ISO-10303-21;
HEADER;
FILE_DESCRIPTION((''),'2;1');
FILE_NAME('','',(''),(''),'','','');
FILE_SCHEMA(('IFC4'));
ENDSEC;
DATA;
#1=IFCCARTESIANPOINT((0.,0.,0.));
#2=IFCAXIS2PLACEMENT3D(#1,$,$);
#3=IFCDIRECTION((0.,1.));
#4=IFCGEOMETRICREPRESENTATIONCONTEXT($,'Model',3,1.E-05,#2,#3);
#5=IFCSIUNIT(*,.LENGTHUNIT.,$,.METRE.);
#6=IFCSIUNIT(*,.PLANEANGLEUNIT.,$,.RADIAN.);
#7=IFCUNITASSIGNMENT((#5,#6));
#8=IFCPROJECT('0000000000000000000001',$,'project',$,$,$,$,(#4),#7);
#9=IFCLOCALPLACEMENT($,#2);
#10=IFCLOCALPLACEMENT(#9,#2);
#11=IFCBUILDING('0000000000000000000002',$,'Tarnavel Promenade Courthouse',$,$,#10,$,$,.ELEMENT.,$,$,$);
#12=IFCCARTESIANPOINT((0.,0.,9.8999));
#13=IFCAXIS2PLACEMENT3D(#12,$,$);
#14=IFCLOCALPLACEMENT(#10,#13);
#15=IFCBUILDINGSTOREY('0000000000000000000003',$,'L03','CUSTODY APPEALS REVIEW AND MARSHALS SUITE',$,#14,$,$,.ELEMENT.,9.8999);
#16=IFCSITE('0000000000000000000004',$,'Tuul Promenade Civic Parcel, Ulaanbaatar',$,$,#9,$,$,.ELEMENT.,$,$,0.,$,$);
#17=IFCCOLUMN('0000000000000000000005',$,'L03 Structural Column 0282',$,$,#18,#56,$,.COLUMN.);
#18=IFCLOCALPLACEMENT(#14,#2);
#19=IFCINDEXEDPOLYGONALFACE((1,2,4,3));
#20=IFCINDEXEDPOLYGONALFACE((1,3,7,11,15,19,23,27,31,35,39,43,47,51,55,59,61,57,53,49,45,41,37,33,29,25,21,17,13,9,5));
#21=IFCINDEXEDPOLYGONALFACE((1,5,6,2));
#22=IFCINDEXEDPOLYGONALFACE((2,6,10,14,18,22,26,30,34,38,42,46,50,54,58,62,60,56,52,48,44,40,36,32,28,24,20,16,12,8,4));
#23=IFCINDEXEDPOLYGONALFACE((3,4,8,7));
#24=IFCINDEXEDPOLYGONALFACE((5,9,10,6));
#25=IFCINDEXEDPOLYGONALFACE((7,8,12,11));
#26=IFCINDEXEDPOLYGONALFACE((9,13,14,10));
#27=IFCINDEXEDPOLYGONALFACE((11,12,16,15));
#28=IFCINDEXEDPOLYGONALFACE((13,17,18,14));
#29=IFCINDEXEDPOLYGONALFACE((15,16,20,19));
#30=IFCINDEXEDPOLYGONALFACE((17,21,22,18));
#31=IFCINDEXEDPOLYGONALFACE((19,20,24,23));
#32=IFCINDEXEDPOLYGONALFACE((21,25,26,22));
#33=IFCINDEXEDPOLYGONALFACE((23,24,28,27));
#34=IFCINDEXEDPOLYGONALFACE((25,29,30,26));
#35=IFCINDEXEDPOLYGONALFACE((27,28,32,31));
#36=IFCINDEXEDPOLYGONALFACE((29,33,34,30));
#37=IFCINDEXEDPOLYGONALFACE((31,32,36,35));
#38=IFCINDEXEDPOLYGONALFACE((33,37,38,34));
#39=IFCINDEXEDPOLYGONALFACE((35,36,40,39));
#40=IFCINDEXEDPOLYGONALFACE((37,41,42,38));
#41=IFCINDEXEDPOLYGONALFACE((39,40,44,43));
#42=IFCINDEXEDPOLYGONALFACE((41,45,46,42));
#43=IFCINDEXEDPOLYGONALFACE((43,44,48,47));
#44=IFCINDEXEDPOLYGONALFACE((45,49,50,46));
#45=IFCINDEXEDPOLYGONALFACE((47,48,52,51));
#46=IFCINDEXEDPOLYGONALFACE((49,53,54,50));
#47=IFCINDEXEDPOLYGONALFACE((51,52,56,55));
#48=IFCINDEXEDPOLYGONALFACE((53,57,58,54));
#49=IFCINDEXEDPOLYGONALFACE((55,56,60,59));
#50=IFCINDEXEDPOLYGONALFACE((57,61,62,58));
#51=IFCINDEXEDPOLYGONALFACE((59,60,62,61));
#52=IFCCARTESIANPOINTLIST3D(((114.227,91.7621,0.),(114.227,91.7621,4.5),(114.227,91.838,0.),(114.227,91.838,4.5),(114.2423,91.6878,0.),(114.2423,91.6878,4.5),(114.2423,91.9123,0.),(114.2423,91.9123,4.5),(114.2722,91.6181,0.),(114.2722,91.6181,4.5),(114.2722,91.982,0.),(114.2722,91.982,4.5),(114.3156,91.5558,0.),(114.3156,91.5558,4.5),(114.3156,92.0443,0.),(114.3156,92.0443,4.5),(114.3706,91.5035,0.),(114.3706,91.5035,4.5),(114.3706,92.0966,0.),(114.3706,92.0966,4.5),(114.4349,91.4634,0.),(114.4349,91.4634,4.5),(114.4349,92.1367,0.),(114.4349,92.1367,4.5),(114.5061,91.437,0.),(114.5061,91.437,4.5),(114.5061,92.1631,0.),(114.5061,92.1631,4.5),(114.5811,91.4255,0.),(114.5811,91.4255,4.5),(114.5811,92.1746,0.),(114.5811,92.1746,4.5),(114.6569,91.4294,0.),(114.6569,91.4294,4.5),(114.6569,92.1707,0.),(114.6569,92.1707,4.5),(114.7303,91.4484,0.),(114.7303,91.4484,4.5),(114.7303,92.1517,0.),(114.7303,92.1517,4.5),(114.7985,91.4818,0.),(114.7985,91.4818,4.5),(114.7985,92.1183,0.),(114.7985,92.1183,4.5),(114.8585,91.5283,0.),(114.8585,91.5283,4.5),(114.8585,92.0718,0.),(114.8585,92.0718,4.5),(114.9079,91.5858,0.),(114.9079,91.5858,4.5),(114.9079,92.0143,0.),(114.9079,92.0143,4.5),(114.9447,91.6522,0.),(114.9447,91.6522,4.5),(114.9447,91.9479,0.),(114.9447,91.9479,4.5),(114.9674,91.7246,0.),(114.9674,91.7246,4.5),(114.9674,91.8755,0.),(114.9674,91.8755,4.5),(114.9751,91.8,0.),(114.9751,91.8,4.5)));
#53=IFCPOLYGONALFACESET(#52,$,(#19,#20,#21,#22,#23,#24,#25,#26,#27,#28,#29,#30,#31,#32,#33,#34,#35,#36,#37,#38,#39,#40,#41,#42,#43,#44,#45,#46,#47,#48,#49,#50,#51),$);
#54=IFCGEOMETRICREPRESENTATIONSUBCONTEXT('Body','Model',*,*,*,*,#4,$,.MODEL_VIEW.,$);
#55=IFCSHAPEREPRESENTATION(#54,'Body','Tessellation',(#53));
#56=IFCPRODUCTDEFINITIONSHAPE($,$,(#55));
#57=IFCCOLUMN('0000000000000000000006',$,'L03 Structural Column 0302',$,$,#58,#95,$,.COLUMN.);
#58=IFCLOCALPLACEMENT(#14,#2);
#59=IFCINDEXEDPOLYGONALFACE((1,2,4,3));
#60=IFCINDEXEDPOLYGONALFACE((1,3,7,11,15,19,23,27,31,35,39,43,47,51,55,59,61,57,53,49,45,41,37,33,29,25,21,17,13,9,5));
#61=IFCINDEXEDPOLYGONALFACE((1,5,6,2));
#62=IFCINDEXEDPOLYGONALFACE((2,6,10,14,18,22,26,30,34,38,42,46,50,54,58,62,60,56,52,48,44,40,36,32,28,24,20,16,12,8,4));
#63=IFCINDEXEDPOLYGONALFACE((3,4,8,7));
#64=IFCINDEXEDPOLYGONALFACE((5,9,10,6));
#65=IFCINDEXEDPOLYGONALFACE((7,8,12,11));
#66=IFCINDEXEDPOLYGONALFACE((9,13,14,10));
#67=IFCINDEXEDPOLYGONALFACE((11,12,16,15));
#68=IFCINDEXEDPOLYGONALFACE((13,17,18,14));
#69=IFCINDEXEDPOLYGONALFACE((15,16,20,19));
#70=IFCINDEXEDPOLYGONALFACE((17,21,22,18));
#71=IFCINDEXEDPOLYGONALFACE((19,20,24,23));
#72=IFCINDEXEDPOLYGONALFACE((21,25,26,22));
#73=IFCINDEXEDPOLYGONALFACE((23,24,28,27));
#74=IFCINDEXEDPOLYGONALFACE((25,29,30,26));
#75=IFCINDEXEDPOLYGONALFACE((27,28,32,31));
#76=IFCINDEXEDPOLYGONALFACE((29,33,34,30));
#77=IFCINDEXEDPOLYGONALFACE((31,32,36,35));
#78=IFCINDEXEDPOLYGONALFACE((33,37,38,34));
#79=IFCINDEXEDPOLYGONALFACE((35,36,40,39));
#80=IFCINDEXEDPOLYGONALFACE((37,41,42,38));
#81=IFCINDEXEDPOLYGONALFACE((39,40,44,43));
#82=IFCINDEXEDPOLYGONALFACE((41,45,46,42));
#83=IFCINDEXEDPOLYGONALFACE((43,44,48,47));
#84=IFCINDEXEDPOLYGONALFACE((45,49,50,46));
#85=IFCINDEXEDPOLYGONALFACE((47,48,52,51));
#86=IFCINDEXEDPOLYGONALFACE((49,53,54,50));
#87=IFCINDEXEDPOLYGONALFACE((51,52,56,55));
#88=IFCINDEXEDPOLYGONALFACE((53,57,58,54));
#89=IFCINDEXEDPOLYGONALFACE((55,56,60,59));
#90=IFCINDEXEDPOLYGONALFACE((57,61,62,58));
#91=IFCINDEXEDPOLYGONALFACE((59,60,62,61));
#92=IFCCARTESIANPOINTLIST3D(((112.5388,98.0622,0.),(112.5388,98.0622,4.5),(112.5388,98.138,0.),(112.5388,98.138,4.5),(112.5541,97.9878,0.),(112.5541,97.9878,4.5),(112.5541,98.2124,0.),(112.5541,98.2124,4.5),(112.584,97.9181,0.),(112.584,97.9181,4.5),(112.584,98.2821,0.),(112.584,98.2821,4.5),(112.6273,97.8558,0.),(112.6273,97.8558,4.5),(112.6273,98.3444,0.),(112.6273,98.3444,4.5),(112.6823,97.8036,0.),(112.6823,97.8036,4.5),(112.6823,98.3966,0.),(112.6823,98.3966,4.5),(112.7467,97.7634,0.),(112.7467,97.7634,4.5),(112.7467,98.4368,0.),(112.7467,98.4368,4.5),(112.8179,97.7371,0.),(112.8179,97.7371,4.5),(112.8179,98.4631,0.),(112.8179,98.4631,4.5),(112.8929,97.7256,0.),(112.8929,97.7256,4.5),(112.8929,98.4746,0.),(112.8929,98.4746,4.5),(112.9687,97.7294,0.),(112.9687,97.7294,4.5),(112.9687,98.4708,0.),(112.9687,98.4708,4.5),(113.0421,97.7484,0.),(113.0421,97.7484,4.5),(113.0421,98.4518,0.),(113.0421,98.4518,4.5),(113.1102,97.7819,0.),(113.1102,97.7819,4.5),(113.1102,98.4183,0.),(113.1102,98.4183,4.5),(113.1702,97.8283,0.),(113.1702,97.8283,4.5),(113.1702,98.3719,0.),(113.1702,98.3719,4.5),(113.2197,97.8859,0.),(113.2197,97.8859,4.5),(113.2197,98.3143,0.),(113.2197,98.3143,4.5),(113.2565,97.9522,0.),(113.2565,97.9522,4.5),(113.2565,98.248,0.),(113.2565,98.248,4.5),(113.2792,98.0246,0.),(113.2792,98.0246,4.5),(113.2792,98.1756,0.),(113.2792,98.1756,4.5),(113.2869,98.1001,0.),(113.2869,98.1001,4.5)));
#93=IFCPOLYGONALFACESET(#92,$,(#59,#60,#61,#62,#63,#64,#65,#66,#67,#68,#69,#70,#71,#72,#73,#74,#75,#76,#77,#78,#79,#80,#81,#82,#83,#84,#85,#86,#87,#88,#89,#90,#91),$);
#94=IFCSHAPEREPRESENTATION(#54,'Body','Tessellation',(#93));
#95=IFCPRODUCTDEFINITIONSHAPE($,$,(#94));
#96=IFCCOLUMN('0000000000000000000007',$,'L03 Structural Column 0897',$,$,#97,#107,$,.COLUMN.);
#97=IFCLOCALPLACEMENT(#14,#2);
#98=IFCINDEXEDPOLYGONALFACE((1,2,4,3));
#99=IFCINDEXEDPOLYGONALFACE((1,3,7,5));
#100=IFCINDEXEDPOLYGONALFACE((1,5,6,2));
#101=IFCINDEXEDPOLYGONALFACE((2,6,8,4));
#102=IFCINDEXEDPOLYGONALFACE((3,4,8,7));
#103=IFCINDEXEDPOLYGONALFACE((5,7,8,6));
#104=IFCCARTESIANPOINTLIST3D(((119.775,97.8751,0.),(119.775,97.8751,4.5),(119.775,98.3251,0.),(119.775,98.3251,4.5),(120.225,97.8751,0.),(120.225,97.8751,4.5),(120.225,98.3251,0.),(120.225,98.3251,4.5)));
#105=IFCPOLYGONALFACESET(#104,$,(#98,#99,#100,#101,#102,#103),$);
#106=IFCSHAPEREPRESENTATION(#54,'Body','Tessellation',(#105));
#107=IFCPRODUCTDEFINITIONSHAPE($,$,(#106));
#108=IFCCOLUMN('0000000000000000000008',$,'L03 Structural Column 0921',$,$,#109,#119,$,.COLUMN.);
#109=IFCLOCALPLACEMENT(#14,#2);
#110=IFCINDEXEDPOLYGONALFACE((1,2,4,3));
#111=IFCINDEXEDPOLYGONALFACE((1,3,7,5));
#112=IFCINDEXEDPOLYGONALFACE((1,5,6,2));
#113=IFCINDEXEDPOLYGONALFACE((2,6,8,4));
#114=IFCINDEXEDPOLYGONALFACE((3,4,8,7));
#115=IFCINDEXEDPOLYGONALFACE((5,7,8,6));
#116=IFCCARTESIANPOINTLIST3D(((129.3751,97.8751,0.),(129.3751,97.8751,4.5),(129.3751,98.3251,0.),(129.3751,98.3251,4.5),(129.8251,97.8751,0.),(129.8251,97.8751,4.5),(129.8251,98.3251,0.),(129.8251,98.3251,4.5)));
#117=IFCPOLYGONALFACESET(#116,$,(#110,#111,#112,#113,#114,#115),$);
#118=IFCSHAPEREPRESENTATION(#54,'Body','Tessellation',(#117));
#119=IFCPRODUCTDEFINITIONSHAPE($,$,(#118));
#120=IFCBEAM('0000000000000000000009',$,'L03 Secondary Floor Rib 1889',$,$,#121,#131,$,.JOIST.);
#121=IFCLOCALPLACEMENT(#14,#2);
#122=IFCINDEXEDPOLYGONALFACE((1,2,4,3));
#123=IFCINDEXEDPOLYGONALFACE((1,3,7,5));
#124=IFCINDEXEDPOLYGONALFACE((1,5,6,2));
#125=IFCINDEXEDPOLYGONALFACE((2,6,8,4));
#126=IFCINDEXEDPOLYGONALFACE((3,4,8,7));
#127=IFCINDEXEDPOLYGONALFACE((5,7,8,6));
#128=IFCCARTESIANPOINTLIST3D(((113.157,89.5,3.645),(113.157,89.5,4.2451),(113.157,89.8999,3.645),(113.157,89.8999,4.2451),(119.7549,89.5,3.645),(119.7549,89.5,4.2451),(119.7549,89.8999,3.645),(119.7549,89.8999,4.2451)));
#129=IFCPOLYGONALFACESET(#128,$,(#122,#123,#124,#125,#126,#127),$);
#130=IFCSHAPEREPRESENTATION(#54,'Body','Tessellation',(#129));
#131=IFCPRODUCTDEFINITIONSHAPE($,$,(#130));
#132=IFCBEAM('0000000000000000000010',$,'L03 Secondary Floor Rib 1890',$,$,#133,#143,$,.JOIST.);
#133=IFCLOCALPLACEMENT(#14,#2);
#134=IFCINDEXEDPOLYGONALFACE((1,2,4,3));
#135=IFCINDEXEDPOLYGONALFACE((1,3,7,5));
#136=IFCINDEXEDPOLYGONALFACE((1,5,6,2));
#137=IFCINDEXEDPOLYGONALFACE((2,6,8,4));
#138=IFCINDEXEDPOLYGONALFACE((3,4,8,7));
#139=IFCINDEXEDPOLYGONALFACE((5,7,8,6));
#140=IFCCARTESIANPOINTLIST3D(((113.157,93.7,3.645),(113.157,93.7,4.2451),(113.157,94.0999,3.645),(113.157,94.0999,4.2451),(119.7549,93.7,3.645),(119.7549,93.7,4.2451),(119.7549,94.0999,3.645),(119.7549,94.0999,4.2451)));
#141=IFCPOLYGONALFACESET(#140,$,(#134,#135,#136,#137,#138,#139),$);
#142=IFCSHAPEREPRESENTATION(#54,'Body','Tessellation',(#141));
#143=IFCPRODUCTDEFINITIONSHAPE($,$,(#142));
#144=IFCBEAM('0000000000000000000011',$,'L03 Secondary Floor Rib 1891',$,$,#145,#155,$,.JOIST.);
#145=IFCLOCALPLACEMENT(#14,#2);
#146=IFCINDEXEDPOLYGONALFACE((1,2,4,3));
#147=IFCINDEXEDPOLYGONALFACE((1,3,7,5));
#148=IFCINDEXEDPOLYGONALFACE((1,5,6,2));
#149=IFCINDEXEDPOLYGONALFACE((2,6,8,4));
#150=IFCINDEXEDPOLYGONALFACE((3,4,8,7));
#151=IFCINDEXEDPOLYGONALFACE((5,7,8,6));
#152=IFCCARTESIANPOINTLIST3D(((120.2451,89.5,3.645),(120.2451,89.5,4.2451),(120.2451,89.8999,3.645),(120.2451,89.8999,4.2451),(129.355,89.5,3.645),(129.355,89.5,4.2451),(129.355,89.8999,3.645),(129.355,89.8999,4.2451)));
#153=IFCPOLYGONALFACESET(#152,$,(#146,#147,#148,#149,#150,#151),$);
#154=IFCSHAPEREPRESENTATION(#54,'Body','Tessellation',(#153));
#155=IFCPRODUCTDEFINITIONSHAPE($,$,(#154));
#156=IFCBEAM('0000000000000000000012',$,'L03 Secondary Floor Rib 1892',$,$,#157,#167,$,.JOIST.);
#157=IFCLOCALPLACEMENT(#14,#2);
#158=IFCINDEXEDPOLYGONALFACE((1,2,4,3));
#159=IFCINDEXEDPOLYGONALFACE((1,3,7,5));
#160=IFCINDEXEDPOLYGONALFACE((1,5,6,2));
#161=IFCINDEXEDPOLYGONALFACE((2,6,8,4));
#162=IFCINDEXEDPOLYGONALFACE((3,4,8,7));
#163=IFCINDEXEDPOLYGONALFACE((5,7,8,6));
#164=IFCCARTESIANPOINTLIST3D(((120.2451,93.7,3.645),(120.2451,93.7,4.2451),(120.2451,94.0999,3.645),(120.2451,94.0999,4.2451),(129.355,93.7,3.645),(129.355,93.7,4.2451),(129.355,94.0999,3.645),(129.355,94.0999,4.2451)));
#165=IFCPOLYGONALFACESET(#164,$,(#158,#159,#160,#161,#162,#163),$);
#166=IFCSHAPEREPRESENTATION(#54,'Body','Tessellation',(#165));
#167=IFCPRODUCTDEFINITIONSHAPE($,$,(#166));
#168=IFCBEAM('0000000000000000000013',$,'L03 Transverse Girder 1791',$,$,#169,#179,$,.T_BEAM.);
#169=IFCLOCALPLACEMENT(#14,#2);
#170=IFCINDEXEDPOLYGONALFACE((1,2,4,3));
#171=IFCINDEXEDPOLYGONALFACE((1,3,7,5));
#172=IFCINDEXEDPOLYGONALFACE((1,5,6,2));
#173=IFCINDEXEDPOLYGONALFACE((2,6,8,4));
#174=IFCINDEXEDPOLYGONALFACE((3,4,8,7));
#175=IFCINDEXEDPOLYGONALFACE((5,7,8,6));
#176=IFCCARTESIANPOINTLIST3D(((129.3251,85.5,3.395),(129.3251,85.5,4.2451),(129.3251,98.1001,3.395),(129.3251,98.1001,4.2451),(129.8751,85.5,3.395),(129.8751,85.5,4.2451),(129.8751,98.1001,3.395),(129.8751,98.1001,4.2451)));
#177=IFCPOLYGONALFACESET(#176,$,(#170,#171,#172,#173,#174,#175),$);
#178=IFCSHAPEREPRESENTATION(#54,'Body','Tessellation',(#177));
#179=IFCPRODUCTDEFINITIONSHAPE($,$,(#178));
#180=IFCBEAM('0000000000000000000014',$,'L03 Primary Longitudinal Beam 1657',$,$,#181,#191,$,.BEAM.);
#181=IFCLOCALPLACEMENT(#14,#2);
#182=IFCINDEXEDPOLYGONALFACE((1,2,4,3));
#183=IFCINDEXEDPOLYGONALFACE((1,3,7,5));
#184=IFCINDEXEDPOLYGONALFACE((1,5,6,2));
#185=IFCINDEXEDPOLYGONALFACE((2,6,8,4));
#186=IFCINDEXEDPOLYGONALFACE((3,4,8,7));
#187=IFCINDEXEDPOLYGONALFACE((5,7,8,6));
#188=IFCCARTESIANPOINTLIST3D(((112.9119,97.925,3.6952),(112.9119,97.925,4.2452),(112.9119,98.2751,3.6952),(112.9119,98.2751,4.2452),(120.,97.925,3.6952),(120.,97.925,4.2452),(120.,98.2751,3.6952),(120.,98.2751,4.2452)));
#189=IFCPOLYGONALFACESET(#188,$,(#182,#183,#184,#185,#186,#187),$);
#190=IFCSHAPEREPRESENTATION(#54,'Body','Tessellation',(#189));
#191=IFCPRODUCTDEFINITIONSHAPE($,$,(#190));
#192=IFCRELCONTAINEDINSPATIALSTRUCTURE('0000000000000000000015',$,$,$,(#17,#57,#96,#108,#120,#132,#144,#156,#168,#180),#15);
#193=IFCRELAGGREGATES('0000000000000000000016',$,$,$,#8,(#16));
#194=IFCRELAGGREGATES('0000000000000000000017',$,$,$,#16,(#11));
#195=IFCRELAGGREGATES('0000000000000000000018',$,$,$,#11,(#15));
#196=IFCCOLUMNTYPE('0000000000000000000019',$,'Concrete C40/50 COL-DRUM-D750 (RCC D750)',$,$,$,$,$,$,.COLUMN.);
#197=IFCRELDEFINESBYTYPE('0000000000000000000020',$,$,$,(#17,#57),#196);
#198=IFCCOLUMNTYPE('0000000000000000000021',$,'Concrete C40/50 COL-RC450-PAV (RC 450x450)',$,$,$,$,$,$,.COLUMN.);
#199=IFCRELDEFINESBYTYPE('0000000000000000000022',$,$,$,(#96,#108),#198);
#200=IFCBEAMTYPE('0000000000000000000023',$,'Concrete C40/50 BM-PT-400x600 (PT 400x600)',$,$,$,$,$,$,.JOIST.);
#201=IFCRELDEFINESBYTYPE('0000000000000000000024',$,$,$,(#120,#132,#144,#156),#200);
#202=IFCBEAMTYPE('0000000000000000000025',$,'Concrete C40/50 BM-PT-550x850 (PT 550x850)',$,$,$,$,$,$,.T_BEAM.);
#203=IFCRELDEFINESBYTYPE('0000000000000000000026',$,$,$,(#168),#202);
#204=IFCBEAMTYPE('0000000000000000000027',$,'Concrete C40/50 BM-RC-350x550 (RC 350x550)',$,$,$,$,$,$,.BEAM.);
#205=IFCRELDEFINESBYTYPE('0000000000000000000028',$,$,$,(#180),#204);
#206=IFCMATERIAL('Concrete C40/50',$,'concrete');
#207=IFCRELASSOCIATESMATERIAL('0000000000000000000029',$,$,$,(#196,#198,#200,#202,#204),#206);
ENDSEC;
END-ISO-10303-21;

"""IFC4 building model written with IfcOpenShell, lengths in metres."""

from ifc_helpers import new_model, si_unit, direction, frame, origin, origin_2d, place, context, subcontext, project, spatial, rectangle, circle, extrude, material, material_profile, profile_set, type_object, element, save


model = new_model("IFC4")

# Units and contexts
model_context = context("Model", 3, precision=1e-05, world=origin(), true_north=direction((0.0, 1.0)))
body_context = subcontext(model_context, "Body", "Model", "MODEL_VIEW")
ifc_project = project(units=[si_unit("LENGTHUNIT", "METRE"), si_unit("PLANEANGLEUNIT", "RADIAN")], contexts=[model_context])

# Site, building, storey
site_placement = place(None, origin())
site = spatial("IfcSite", under=ifc_project, at=site_placement, Name="Tuul Promenade Civic Parcel, Ulaanbaatar", CompositionType="ELEMENT", RefElevation=0.0)
building_placement = place(site_placement, origin())
building = spatial("IfcBuilding", under=site, at=building_placement, Name="Tarnavel Promenade Courthouse", CompositionType="ELEMENT")
storey_placement = place(building_placement, frame((0.0, 0.0, 9.8999)))
storey = spatial("IfcBuildingStorey", under=building, at=storey_placement, Name="L03", Description="CUSTODY APPEALS REVIEW AND MARSHALS SUITE", CompositionType="ELEMENT", Elevation=9.8999)

# Columns
ifc_material_1 = material(Name="Concrete C40/50", Category="concrete")
ifc_material_profile_1 = material_profile(ifc_material_1, circle(Radius=0.375, at=origin_2d()), Name="RCC D750")
ifc_profile_set_1 = profile_set([ifc_material_profile_1], Name="Concrete C40/50")
column_type_1 = type_object("IfcColumnType", Name="Concrete C40/50 COL-DRUM-D750 (RCC D750)", PredefinedType="COLUMN", material=ifc_profile_set_1)
for number, where, z_axis, x_axis, name in (
    (1, (114.6001, 91.8, 0.0), (0.0, 0.0, 1.0), (1.0, 0.0, 0.0), "L03 Structural Column 0282"),
    (2, (112.9119, 98.1001, 0.0), (0.0, 0.0, 1.0), (1.0, 0.0, 0.0), "L03 Structural Column 0302"),
):
    element("IfcColumn", number, at=place(storey_placement, frame(where, z_axis=z_axis, x_axis=x_axis)), inside=storey, type_object=column_type_1, Name=name, PredefinedType="COLUMN", context=body_context, shape_type="SweptSolid", body=[
        extrude(circle(Radius=0.375, at=origin_2d()), origin(), (0.0, 0.0, 1.0), 4.5),
    ])
ifc_material_profile_2 = material_profile(ifc_material_1, rectangle(XDim=0.45, YDim=0.45, at=origin_2d()), Name="RC 450x450")
ifc_profile_set_2 = profile_set([ifc_material_profile_2], Name="Concrete C40/50")
column_type_2 = type_object("IfcColumnType", Name="Concrete C40/50 COL-RC450-PAV (RC 450x450)", PredefinedType="COLUMN", material=ifc_profile_set_2)
for number, where, z_axis, x_axis, name in (
    (3, (120.0, 98.1001, 0.0), (0.0, 0.0, 1.0), (1.0, 0.0, 0.0), "L03 Structural Column 0897"),
    (4, (129.6001, 98.1001, 0.0), (0.0, 0.0, 1.0), (1.0, 0.0, 0.0), "L03 Structural Column 0921"),
):
    element("IfcColumn", number, at=place(storey_placement, frame(where, z_axis=z_axis, x_axis=x_axis)), inside=storey, type_object=column_type_2, Name=name, PredefinedType="COLUMN", context=body_context, shape_type="SweptSolid", body=[
        extrude(rectangle(XDim=0.45, YDim=0.45, at=origin_2d()), origin(), (0.0, 0.0, 1.0), 4.5),
    ])

# Beams
ifc_material_profile_3 = material_profile(ifc_material_1, rectangle(XDim=0.3999, YDim=0.6001, at=origin_2d()), Name="PT 400x600")
ifc_profile_set_3 = profile_set([ifc_material_profile_3], Name="Concrete C40/50")
beam_type_1 = type_object("IfcBeamType", Name="Concrete C40/50 BM-PT-400x600 (PT 400x600)", PredefinedType="JOIST", material=ifc_profile_set_3)
for number, where, z_axis, x_axis, name in (
    (5, (113.157, 89.7, 3.9451), (1.0, 0.0, 0.0), (0.0, 1.0, 0.0), "L03 Secondary Floor Rib 1889"),
    (6, (113.157, 93.8999, 3.9451), (1.0, 0.0, 0.0), (0.0, 1.0, 0.0), "L03 Secondary Floor Rib 1890"),
):
    element("IfcBeam", number, at=place(storey_placement, frame(where, z_axis=z_axis, x_axis=x_axis)), inside=storey, type_object=beam_type_1, Name=name, PredefinedType="JOIST", context=body_context, shape_type="SweptSolid", body=[
        extrude(rectangle(XDim=0.3999, YDim=0.6001, at=origin_2d()), origin(), (0.0, 0.0, 1.0), 6.5979),
    ])
for number, where, z_axis, x_axis, name in (
    (7, (120.2451, 89.7, 3.9451), (1.0, 0.0, 0.0), (0.0, 1.0, 0.0), "L03 Secondary Floor Rib 1891"),
    (8, (120.2451, 93.8999, 3.9451), (1.0, 0.0, 0.0), (0.0, 1.0, 0.0), "L03 Secondary Floor Rib 1892"),
):
    element("IfcBeam", number, at=place(storey_placement, frame(where, z_axis=z_axis, x_axis=x_axis)), inside=storey, type_object=beam_type_1, Name=name, PredefinedType="JOIST", context=body_context, shape_type="SweptSolid", body=[
        extrude(rectangle(XDim=0.3999, YDim=0.6001, at=origin_2d()), origin(), (0.0, 0.0, 1.0), 9.1099),
    ])
ifc_material_profile_4 = material_profile(ifc_material_1, rectangle(XDim=0.55, YDim=0.8501, at=origin_2d()), Name="PT 550x850")
ifc_profile_set_4 = profile_set([ifc_material_profile_4], Name="Concrete C40/50")
beam_type_2 = type_object("IfcBeamType", Name="Concrete C40/50 BM-PT-550x850 (PT 550x850)", PredefinedType="T_BEAM", material=ifc_profile_set_4)
beam_1_placement = place(storey_placement, frame((129.6001, 85.5, 3.8201), z_axis=(0.0, 1.0, 0.0), x_axis=(-1.0, 0.0, 0.0)))
element("IfcBeam", 9, at=beam_1_placement, inside=storey, type_object=beam_type_2, Name="L03 Transverse Girder 1791", PredefinedType="T_BEAM", context=body_context, shape_type="SweptSolid", body=[
    extrude(rectangle(XDim=0.55, YDim=0.8501, at=origin_2d()), origin(), (0.0, 0.0, 1.0), 12.6001),
])
ifc_material_profile_5 = material_profile(ifc_material_1, rectangle(XDim=0.3501, YDim=0.55, at=origin_2d()), Name="RC 350x550")
ifc_profile_set_5 = profile_set([ifc_material_profile_5], Name="Concrete C40/50")
beam_type_3 = type_object("IfcBeamType", Name="Concrete C40/50 BM-RC-350x550 (RC 350x550)", PredefinedType="BEAM", material=ifc_profile_set_5)
beam_2_placement = place(storey_placement, frame((112.9119, 98.1001, 3.9702), z_axis=(1.0, 0.0, 0.0), x_axis=(0.0, 1.0, 0.0)))
element("IfcBeam", 10, at=beam_2_placement, inside=storey, type_object=beam_type_3, Name="L03 Primary Longitudinal Beam 1657", PredefinedType="BEAM", context=body_context, shape_type="SweptSolid", body=[
    extrude(rectangle(XDim=0.3501, YDim=0.55, at=origin_2d()), origin(), (0.0, 0.0, 1.0), 7.0881),
])

save(model, "model.ifc")
